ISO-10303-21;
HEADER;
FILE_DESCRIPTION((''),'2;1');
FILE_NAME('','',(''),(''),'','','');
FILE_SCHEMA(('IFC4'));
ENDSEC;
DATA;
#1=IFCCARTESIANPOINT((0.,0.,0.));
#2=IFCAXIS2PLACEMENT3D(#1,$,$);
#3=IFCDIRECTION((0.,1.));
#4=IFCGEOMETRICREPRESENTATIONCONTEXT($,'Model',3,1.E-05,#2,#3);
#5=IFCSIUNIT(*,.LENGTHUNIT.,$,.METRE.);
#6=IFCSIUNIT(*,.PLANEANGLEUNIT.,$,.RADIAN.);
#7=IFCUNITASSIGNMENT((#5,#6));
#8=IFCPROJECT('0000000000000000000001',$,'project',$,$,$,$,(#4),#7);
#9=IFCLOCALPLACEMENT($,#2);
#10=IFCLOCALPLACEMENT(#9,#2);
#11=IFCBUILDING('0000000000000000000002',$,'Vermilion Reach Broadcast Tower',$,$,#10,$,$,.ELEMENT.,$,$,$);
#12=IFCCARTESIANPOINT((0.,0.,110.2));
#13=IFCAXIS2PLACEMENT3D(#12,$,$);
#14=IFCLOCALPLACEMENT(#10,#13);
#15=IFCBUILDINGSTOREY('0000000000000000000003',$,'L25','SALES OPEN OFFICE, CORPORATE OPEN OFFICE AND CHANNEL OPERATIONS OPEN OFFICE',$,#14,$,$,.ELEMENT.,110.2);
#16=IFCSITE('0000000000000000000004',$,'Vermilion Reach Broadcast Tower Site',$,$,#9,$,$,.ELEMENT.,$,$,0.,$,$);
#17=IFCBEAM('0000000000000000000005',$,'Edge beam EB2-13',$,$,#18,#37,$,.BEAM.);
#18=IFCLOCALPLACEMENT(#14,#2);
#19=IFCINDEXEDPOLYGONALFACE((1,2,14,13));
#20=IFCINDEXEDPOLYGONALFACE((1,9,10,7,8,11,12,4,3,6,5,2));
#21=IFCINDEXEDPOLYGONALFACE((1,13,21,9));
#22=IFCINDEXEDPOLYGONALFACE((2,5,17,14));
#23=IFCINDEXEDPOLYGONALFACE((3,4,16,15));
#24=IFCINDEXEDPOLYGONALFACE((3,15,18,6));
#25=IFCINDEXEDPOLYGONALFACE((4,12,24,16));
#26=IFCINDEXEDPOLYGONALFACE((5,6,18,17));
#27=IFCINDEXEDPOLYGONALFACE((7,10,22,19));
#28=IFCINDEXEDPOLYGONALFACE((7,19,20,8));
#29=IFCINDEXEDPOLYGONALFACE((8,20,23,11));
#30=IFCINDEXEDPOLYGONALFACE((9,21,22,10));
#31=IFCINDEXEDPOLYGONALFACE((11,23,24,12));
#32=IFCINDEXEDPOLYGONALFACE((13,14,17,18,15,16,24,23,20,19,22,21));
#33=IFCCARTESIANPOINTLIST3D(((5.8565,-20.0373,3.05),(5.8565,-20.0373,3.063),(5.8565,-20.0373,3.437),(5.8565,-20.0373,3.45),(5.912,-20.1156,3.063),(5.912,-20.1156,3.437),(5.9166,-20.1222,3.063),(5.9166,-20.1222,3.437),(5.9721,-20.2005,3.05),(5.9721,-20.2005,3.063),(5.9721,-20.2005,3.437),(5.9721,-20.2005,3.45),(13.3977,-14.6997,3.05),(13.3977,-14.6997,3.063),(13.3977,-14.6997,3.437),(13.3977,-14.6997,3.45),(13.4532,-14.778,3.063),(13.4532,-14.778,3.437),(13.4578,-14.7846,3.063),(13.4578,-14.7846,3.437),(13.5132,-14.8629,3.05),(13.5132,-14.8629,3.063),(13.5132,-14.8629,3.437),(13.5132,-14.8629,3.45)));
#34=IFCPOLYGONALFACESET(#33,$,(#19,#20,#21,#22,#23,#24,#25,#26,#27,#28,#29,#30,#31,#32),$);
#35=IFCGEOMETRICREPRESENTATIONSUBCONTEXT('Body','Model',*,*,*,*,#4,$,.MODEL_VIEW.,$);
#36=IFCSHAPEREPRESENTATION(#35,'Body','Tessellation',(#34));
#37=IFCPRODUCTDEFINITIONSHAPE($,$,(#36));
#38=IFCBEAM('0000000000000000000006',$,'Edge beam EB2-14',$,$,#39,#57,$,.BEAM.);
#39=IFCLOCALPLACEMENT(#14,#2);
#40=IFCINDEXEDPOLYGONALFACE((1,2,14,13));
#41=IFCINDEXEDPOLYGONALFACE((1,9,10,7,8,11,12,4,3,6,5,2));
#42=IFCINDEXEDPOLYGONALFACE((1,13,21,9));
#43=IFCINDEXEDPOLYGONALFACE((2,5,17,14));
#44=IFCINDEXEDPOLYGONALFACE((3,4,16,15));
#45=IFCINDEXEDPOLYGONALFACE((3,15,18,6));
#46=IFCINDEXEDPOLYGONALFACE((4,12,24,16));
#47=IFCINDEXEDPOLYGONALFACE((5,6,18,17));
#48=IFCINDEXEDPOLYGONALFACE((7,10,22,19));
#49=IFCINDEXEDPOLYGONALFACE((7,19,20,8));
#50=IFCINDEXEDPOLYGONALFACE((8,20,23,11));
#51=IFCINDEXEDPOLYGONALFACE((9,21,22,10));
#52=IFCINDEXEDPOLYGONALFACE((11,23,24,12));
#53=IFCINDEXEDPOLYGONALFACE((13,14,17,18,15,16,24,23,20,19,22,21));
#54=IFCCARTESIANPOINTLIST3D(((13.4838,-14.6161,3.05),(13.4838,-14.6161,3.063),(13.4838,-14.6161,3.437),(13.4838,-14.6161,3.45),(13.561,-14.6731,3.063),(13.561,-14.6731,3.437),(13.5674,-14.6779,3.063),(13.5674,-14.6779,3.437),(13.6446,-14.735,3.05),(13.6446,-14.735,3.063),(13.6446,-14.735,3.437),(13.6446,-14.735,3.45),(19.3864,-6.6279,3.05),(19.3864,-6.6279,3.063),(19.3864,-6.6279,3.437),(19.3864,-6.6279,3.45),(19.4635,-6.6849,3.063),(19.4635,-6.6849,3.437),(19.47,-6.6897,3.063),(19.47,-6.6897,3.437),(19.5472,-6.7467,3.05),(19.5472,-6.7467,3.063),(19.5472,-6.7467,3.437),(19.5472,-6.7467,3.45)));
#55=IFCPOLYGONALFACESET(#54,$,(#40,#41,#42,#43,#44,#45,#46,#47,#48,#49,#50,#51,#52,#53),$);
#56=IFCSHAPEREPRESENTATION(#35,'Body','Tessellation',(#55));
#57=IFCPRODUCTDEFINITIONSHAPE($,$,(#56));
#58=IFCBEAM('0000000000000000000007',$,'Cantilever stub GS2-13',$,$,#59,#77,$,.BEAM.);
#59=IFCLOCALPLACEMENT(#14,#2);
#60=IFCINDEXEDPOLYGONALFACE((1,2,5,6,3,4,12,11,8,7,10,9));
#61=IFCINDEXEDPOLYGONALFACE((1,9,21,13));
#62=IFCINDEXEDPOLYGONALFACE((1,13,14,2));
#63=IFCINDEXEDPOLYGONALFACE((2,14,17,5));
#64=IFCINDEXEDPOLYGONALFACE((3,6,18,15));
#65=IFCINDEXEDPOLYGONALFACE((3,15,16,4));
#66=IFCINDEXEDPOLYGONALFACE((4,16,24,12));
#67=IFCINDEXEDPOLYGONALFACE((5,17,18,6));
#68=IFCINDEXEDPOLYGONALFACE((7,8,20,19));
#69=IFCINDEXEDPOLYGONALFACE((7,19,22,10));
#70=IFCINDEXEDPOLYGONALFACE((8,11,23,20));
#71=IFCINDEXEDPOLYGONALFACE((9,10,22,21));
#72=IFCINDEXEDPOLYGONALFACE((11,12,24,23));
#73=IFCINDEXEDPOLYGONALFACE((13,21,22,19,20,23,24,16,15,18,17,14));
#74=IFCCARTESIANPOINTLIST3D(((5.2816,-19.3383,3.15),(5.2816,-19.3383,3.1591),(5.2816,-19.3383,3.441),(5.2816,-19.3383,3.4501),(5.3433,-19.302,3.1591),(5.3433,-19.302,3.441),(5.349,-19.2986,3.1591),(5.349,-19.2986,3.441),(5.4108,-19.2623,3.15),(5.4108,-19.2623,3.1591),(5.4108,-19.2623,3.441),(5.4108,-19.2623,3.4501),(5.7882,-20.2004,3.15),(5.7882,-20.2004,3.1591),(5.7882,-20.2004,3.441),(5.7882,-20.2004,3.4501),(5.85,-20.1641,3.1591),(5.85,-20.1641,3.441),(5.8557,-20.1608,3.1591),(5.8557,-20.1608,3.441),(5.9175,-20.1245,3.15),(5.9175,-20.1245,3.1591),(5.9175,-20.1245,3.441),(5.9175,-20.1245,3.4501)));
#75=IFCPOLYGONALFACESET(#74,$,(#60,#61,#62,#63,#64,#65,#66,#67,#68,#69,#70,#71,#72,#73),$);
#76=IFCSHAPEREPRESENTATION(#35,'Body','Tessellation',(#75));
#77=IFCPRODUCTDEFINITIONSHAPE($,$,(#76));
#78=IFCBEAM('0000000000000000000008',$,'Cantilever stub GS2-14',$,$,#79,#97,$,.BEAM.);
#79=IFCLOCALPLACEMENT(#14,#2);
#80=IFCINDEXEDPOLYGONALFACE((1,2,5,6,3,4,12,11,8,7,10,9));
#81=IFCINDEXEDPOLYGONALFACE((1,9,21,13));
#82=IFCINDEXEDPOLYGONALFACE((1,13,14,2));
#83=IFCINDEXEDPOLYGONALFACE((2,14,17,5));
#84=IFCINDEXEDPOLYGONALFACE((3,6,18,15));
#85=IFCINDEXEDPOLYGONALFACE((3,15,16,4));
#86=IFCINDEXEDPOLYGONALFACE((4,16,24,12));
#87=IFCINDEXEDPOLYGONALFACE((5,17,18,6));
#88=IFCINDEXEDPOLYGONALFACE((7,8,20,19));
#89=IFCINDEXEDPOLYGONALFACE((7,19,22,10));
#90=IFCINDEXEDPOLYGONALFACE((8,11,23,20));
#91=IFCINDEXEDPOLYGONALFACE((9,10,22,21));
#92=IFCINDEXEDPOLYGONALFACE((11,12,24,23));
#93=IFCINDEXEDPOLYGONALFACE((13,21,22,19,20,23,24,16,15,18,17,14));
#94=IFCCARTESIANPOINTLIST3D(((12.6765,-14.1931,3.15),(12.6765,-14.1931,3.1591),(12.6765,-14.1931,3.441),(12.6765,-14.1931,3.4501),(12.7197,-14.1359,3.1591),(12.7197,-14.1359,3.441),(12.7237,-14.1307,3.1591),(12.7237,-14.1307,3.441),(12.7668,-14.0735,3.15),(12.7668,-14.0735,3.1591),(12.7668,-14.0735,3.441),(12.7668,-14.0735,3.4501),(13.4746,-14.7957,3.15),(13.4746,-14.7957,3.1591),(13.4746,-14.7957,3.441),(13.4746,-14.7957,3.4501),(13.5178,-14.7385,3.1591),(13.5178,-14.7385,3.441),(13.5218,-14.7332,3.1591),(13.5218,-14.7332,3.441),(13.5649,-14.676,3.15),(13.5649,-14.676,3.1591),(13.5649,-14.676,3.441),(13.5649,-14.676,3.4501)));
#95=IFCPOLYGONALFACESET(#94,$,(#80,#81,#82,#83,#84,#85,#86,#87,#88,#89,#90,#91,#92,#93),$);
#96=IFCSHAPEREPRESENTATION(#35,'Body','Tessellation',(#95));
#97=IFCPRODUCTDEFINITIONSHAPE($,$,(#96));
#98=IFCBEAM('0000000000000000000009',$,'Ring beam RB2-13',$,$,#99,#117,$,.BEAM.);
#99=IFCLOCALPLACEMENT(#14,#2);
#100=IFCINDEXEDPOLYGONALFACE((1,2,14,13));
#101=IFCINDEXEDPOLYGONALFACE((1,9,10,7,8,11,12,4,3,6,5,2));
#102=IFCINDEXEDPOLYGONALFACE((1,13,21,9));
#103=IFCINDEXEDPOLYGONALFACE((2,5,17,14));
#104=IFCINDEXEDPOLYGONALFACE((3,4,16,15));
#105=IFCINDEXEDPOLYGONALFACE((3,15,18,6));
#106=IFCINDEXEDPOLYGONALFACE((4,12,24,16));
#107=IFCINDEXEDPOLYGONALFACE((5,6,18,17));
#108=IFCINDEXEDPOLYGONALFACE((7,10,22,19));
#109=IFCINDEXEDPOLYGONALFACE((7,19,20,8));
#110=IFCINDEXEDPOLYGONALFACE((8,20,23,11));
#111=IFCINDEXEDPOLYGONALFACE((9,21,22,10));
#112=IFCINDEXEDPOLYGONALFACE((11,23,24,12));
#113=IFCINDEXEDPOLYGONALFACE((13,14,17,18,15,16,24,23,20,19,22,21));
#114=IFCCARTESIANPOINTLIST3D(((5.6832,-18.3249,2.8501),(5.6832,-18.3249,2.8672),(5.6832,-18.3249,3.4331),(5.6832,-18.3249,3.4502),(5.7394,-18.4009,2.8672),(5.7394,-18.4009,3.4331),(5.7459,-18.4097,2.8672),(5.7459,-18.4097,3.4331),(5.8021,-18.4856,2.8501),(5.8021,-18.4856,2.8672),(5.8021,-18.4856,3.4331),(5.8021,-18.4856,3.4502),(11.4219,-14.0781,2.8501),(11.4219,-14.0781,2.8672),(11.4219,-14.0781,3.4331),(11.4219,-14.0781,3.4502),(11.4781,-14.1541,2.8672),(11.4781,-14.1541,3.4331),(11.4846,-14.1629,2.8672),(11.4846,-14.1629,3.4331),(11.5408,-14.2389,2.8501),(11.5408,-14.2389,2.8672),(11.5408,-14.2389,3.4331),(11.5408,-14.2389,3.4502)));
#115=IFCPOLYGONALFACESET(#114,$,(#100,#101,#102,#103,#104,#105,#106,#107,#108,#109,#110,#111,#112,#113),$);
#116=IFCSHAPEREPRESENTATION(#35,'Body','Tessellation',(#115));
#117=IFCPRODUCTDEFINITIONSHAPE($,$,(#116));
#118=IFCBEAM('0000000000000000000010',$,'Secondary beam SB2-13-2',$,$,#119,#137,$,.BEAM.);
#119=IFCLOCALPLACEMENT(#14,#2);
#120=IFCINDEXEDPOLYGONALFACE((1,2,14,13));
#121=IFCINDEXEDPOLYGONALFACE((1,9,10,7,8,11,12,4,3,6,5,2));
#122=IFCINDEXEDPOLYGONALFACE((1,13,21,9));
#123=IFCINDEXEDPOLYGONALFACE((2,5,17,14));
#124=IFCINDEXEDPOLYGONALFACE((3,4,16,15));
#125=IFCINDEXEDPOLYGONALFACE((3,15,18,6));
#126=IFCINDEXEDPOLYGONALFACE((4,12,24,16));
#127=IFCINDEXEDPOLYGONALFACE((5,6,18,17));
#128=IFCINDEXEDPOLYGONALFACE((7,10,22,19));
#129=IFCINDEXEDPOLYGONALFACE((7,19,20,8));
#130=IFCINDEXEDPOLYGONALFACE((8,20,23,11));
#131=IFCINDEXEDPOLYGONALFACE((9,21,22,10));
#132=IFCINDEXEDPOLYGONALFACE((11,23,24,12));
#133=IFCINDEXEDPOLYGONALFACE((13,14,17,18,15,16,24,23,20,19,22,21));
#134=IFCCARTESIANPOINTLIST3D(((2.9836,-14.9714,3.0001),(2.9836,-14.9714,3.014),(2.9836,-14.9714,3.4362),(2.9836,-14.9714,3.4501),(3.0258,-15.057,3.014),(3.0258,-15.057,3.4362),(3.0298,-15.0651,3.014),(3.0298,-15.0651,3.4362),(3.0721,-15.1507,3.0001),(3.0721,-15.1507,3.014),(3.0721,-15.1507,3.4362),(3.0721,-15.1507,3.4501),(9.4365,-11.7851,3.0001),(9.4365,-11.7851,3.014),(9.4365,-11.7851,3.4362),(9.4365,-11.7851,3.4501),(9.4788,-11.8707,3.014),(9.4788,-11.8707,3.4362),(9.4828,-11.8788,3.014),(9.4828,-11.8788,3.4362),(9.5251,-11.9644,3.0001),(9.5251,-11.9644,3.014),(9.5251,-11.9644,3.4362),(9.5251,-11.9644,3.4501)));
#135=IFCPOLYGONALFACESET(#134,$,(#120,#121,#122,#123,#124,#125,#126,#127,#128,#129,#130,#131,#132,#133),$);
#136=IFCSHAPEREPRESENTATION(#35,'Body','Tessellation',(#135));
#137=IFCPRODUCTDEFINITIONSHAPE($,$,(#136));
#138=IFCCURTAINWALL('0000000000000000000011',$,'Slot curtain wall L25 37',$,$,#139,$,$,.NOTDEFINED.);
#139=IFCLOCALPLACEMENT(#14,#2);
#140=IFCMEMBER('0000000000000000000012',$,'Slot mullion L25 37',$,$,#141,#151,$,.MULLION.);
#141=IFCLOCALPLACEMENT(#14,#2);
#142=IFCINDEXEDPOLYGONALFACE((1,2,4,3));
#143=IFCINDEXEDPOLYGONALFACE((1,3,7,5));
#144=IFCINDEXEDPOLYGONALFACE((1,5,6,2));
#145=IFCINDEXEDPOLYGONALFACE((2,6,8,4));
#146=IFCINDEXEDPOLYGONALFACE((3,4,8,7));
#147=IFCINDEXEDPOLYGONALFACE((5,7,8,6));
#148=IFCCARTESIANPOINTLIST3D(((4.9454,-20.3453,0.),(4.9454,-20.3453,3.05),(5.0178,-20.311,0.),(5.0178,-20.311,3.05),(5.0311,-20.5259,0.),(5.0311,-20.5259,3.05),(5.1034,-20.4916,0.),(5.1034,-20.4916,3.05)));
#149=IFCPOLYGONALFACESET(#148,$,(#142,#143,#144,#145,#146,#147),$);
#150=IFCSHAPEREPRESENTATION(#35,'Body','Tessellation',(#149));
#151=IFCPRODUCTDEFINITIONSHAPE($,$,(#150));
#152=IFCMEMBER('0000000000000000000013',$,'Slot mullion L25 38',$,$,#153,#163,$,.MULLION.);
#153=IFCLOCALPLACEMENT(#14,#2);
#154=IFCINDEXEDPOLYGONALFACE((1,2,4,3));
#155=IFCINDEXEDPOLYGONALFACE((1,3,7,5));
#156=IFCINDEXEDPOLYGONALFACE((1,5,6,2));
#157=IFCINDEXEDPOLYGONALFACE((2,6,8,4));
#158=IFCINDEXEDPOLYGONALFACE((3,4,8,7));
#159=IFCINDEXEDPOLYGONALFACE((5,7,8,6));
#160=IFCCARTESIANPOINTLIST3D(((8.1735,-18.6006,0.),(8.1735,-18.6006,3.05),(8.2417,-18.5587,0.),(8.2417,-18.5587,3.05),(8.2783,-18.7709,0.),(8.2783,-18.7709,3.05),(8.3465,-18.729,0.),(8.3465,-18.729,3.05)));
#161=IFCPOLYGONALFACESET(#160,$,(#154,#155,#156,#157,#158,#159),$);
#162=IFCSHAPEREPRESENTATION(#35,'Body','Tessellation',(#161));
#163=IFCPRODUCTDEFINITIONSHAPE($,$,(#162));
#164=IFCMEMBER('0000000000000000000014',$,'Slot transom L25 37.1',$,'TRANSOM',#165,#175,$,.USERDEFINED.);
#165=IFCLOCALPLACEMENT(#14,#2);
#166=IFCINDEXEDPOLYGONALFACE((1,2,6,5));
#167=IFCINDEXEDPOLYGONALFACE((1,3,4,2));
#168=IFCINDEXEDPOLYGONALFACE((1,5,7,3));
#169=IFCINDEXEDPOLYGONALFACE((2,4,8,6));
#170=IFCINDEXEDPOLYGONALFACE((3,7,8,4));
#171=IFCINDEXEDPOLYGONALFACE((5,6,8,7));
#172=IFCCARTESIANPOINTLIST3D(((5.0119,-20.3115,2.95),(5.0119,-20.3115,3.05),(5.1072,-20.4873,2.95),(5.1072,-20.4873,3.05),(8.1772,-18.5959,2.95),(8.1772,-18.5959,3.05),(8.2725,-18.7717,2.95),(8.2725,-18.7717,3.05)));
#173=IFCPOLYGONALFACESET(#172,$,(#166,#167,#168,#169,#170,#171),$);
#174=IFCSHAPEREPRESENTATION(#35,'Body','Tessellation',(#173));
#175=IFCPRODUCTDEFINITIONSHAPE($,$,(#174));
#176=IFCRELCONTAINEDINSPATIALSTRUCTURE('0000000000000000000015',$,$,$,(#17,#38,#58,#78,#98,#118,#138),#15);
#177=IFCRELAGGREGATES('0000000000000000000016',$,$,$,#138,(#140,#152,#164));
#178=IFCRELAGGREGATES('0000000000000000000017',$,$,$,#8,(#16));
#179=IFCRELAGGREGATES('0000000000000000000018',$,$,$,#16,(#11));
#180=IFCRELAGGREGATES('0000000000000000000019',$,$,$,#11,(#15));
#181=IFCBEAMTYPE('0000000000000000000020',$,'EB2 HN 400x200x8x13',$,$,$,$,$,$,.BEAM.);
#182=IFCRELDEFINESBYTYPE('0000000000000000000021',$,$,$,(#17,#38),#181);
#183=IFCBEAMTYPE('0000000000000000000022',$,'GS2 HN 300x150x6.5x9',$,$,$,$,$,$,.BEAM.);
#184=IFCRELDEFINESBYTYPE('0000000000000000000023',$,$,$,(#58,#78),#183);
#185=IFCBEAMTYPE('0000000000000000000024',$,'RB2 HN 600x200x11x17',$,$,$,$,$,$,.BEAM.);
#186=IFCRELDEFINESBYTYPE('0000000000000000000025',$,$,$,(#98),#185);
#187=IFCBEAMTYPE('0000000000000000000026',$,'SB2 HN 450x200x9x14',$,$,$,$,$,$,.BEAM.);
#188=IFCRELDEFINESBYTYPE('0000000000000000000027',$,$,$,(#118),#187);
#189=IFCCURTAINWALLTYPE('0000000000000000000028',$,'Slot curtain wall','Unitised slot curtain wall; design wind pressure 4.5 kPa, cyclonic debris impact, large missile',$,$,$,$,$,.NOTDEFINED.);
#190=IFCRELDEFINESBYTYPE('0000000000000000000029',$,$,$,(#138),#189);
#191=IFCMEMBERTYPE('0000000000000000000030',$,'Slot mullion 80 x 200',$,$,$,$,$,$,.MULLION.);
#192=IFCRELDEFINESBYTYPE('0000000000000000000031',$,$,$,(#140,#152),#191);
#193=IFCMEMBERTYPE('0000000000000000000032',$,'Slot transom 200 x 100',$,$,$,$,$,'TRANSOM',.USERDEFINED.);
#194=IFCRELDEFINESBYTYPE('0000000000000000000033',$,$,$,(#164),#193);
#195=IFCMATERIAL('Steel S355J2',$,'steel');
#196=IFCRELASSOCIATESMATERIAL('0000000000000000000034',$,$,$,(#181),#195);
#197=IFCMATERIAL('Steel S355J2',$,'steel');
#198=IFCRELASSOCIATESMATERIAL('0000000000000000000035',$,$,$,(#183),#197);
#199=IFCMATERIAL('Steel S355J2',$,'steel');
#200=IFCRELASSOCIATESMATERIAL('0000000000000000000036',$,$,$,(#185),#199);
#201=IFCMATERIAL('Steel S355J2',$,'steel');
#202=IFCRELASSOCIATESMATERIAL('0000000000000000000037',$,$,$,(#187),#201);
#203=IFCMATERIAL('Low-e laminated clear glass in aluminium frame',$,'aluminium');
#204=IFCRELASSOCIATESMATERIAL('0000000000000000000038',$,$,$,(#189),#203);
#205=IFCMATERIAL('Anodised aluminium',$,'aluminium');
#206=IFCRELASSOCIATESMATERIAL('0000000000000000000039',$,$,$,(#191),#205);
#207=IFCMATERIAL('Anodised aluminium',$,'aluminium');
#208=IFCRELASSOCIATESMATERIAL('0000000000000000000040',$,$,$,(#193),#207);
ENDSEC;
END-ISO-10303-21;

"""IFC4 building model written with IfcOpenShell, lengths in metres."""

from ifc_helpers import new_model, si_unit, direction, frame, origin, origin_2d, place, context, subcontext, project, spatial, rectangle, i_section, extrude, material, material_profile, profile_set, type_object, element, aggregate, save


model = new_model("IFC4")

# Units and contexts
model_context = context("Model", 3, precision=1e-05, world=origin(), true_north=direction((0.0, 1.0)))
body_context = subcontext(model_context, "Body", "Model", "MODEL_VIEW")
ifc_project = project(units=[si_unit("LENGTHUNIT", "METRE"), si_unit("PLANEANGLEUNIT", "RADIAN")], contexts=[model_context])

# Site, building, storey
site_placement = place(None, origin())
site = spatial("IfcSite", under=ifc_project, at=site_placement, Name="Vermilion Reach Broadcast Tower Site", CompositionType="ELEMENT", RefElevation=0.0)
building_placement = place(site_placement, origin())
building = spatial("IfcBuilding", under=site, at=building_placement, Name="Vermilion Reach Broadcast Tower", CompositionType="ELEMENT")
storey_placement = place(building_placement, frame((0.0, 0.0, 110.2)))
storey = spatial("IfcBuildingStorey", under=building, at=storey_placement, Name="L25", Description="SALES OPEN OFFICE, CORPORATE OPEN OFFICE AND CHANNEL OPERATIONS OPEN OFFICE", CompositionType="ELEMENT", Elevation=110.2)

# Beams
ifc_material_1 = material(Name="Steel S355J2", Category="steel")
ifc_material_profile_1 = material_profile(ifc_material_1, i_section(OverallWidth=0.2, OverallDepth=0.3999, WebThickness=0.0081, FlangeThickness=0.0129, at=origin_2d()), Name="S355J2 HN 400x200x8x13")
ifc_profile_set_1 = profile_set([ifc_material_profile_1], Name="Steel S355J2")
beam_type_1 = type_object("IfcBeamType", Name="EB2 HN 400x200x8x13", PredefinedType="BEAM", material=ifc_profile_set_1)
beam_1_placement = place(storey_placement, frame((5.9143, -20.1189, 3.25), z_axis=(0.816233, 0.577723, 0.0), x_axis=(-0.577723, 0.816233, 0.0)))
element("IfcBeam", 1, at=beam_1_placement, inside=storey, type_object=beam_type_1, Name="Edge beam EB2-13", PredefinedType="BEAM", context=body_context, shape_type="SweptSolid", body=[
    extrude(i_section(OverallWidth=0.2, OverallDepth=0.3999, WebThickness=0.0081, FlangeThickness=0.0129, at=origin_2d()), origin(), (0.0, 0.0, 1.0), 9.239),
])
beam_2_placement = place(storey_placement, frame((13.5642, -14.6755, 3.25), z_axis=(0.594274, 0.804262, 0.0), x_axis=(-0.804262, 0.594274, 0.0)))
element("IfcBeam", 2, at=beam_2_placement, inside=storey, type_object=beam_type_1, Name="Edge beam EB2-14", PredefinedType="BEAM", context=body_context, shape_type="SweptSolid", body=[
    extrude(i_section(OverallWidth=0.2, OverallDepth=0.3999, WebThickness=0.0081, FlangeThickness=0.0129, at=origin_2d()), origin(), (0.0, 0.0, 1.0), 9.9324),
])
ifc_material_2 = material(Name="Steel S355J2", Category="steel")
ifc_material_profile_2 = material_profile(ifc_material_2, i_section(OverallWidth=0.1499, OverallDepth=0.3, WebThickness=0.0066, FlangeThickness=0.009, at=origin_2d()), Name="S355J2 HN 300x150x6.5x9")
ifc_profile_set_2 = profile_set([ifc_material_profile_2], Name="Steel S355J2")
beam_type_2 = type_object("IfcBeamType", Name="GS2 HN 300x150x6.5x9", PredefinedType="BEAM", material=ifc_profile_set_2)
for number, where, z_axis, x_axis, name in (
    (3, (5.3462, -19.3003, 3.3), (0.506647, -0.862154, 0.0), (0.862154, 0.506647, 0.0), "Cantilever stub GS2-13"),
    (4, (12.7217, -14.1333, 3.3), (0.798092, -0.602536, 0.0), (0.602536, 0.798092, 0.0), "Cantilever stub GS2-14"),
):
    element("IfcBeam", number, at=place(storey_placement, frame(where, z_axis=z_axis, x_axis=x_axis)), inside=storey, type_object=beam_type_2, Name=name, PredefinedType="BEAM", context=body_context, shape_type="SweptSolid", body=[
        extrude(i_section(OverallWidth=0.1499, OverallDepth=0.3, WebThickness=0.0066, FlangeThickness=0.009, at=origin_2d()), origin(), (0.0, 0.0, 1.0), 1.0),
    ])
ifc_material_3 = material(Name="Steel S355J2", Category="steel")
ifc_material_profile_3 = material_profile(ifc_material_3, i_section(OverallWidth=0.2, OverallDepth=0.6001, WebThickness=0.011, FlangeThickness=0.0171, at=origin_2d()), Name="S355J2 HN 600x200x11x17")
ifc_profile_set_3 = profile_set([ifc_material_profile_3], Name="Steel S355J2")
beam_type_3 = type_object("IfcBeamType", Name="RB2 HN 600x200x11x17", PredefinedType="BEAM", material=ifc_profile_set_3)
beam_3_placement = place(storey_placement, frame((5.7427, -18.4053, 3.1501), z_axis=(0.803833, 0.594855, 0.0), x_axis=(-0.594855, 0.803833, 0.0)))
element("IfcBeam", 5, at=beam_3_placement, inside=storey, type_object=beam_type_3, Name="Ring beam RB2-13", PredefinedType="BEAM", context=body_context, shape_type="SweptSolid", body=[
    extrude(i_section(OverallWidth=0.2, OverallDepth=0.6001, WebThickness=0.011, FlangeThickness=0.0171, at=origin_2d()), origin(), (0.0, 0.0, 1.0), 7.1392),
])
ifc_material_4 = material(Name="Steel S355J2", Category="steel")
ifc_material_profile_4 = material_profile(ifc_material_4, i_section(OverallWidth=0.2, OverallDepth=0.45, WebThickness=0.009, FlangeThickness=0.0139, at=origin_2d()), Name="S355J2 HN 450x200x9x14")
ifc_profile_set_4 = profile_set([ifc_material_profile_4], Name="Steel S355J2")
beam_type_4 = type_object("IfcBeamType", Name="SB2 HN 450x200x9x14", PredefinedType="BEAM", material=ifc_profile_set_4)
beam_4_placement = place(storey_placement, frame((3.0278, -15.061, 3.2251), z_axis=(0.896648, 0.442744, 0.0), x_axis=(-0.442744, 0.896648, 0.0)))
element("IfcBeam", 6, at=beam_4_placement, inside=storey, type_object=beam_type_4, Name="Secondary beam SB2-13-2", PredefinedType="BEAM", context=body_context, shape_type="SweptSolid", body=[
    extrude(i_section(OverallWidth=0.2, OverallDepth=0.45, WebThickness=0.009, FlangeThickness=0.0139, at=origin_2d()), origin(), (0.0, 0.0, 1.0), 7.1968),
])

# Curtain wall, members
ifc_material_5 = material(Name="Low-e laminated clear glass in aluminium frame", Category="aluminium")
curtain_wall_type = type_object("IfcCurtainWallType", Name="Slot curtain wall", Description="Unitised slot curtain wall; design wind pressure 4.5 kPa, cyclonic debris impact, large missile", PredefinedType="NOTDEFINED", material=ifc_material_5)
placement = place(storey_placement, origin())
curtain_wall_1 = element("IfcCurtainWall", 7, at=placement, inside=storey, type_object=curtain_wall_type, Name="Slot curtain wall L25 37", PredefinedType="NOTDEFINED")
ifc_material_6 = material(Name="Anodised aluminium", Category="aluminium")
ifc_material_profile_5 = material_profile(ifc_material_6, rectangle(XDim=0.2, YDim=0.0801, at=origin_2d()), Name="Slot mullion 80 x 200")
ifc_profile_set_5 = profile_set([ifc_material_profile_5], Name="Anodised aluminium")
member_type_1 = type_object("IfcMemberType", Name="Slot mullion 80 x 200", PredefinedType="MULLION", material=ifc_profile_set_5)
member_1_placement = place(storey_placement, frame((5.0244, -20.4185, 0.0), z_axis=(0.0, 0.0, 1.0), x_axis=(-0.428398, 0.90359, 0.0)))
member_1 = element("IfcMember", 8, at=member_1_placement, type_object=member_type_1, Name="Slot mullion L25 37", PredefinedType="MULLION", context=body_context, shape_type="SweptSolid", body=[
    extrude(rectangle(XDim=0.2, YDim=0.0801, at=origin_2d()), origin(), (0.0, 0.0, 1.0), 3.05),
])
member_2_placement = place(storey_placement, frame((8.26, -18.6648, 0.0), z_axis=(0.0, 0.0, 1.0), x_axis=(-0.524001, 0.851718, 0.0)))
member_2 = element("IfcMember", 9, at=member_2_placement, type_object=member_type_1, Name="Slot mullion L25 38", PredefinedType="MULLION", context=body_context, shape_type="SweptSolid", body=[
    extrude(rectangle(XDim=0.2, YDim=0.0801, at=origin_2d()), origin(), (0.0, 0.0, 1.0), 3.05),
])
ifc_material_7 = material(Name="Anodised aluminium", Category="aluminium")
ifc_material_profile_6 = material_profile(ifc_material_7, rectangle(XDim=0.2, YDim=0.1001, at=origin_2d()), Name="Slot transom 200 x 100")
ifc_profile_set_6 = profile_set([ifc_material_profile_6], Name="Anodised aluminium")
member_type_2 = type_object("IfcMemberType", Name="Slot transom 200 x 100", ElementType="TRANSOM", PredefinedType="USERDEFINED", material=ifc_profile_set_6)
member_3_placement = place(storey_placement, frame((5.0596, -20.3994, 3.0), z_axis=(0.87917, 0.476508, 0.0), x_axis=(-0.476508, 0.87917, 0.0)))
member_3 = element("IfcMember", 10, at=member_3_placement, type_object=member_type_2, Name="Slot transom L25 37.1", ObjectType="TRANSOM", PredefinedType="USERDEFINED", context=body_context, shape_type="SweptSolid", body=[
    extrude(rectangle(XDim=0.2, YDim=0.1001, at=origin_2d()), origin(), (0.0, 0.0, 1.0), 3.6003),
])

aggregate(curtain_wall_1, [member_1, member_2, member_3])

save(model, "model.ifc")
